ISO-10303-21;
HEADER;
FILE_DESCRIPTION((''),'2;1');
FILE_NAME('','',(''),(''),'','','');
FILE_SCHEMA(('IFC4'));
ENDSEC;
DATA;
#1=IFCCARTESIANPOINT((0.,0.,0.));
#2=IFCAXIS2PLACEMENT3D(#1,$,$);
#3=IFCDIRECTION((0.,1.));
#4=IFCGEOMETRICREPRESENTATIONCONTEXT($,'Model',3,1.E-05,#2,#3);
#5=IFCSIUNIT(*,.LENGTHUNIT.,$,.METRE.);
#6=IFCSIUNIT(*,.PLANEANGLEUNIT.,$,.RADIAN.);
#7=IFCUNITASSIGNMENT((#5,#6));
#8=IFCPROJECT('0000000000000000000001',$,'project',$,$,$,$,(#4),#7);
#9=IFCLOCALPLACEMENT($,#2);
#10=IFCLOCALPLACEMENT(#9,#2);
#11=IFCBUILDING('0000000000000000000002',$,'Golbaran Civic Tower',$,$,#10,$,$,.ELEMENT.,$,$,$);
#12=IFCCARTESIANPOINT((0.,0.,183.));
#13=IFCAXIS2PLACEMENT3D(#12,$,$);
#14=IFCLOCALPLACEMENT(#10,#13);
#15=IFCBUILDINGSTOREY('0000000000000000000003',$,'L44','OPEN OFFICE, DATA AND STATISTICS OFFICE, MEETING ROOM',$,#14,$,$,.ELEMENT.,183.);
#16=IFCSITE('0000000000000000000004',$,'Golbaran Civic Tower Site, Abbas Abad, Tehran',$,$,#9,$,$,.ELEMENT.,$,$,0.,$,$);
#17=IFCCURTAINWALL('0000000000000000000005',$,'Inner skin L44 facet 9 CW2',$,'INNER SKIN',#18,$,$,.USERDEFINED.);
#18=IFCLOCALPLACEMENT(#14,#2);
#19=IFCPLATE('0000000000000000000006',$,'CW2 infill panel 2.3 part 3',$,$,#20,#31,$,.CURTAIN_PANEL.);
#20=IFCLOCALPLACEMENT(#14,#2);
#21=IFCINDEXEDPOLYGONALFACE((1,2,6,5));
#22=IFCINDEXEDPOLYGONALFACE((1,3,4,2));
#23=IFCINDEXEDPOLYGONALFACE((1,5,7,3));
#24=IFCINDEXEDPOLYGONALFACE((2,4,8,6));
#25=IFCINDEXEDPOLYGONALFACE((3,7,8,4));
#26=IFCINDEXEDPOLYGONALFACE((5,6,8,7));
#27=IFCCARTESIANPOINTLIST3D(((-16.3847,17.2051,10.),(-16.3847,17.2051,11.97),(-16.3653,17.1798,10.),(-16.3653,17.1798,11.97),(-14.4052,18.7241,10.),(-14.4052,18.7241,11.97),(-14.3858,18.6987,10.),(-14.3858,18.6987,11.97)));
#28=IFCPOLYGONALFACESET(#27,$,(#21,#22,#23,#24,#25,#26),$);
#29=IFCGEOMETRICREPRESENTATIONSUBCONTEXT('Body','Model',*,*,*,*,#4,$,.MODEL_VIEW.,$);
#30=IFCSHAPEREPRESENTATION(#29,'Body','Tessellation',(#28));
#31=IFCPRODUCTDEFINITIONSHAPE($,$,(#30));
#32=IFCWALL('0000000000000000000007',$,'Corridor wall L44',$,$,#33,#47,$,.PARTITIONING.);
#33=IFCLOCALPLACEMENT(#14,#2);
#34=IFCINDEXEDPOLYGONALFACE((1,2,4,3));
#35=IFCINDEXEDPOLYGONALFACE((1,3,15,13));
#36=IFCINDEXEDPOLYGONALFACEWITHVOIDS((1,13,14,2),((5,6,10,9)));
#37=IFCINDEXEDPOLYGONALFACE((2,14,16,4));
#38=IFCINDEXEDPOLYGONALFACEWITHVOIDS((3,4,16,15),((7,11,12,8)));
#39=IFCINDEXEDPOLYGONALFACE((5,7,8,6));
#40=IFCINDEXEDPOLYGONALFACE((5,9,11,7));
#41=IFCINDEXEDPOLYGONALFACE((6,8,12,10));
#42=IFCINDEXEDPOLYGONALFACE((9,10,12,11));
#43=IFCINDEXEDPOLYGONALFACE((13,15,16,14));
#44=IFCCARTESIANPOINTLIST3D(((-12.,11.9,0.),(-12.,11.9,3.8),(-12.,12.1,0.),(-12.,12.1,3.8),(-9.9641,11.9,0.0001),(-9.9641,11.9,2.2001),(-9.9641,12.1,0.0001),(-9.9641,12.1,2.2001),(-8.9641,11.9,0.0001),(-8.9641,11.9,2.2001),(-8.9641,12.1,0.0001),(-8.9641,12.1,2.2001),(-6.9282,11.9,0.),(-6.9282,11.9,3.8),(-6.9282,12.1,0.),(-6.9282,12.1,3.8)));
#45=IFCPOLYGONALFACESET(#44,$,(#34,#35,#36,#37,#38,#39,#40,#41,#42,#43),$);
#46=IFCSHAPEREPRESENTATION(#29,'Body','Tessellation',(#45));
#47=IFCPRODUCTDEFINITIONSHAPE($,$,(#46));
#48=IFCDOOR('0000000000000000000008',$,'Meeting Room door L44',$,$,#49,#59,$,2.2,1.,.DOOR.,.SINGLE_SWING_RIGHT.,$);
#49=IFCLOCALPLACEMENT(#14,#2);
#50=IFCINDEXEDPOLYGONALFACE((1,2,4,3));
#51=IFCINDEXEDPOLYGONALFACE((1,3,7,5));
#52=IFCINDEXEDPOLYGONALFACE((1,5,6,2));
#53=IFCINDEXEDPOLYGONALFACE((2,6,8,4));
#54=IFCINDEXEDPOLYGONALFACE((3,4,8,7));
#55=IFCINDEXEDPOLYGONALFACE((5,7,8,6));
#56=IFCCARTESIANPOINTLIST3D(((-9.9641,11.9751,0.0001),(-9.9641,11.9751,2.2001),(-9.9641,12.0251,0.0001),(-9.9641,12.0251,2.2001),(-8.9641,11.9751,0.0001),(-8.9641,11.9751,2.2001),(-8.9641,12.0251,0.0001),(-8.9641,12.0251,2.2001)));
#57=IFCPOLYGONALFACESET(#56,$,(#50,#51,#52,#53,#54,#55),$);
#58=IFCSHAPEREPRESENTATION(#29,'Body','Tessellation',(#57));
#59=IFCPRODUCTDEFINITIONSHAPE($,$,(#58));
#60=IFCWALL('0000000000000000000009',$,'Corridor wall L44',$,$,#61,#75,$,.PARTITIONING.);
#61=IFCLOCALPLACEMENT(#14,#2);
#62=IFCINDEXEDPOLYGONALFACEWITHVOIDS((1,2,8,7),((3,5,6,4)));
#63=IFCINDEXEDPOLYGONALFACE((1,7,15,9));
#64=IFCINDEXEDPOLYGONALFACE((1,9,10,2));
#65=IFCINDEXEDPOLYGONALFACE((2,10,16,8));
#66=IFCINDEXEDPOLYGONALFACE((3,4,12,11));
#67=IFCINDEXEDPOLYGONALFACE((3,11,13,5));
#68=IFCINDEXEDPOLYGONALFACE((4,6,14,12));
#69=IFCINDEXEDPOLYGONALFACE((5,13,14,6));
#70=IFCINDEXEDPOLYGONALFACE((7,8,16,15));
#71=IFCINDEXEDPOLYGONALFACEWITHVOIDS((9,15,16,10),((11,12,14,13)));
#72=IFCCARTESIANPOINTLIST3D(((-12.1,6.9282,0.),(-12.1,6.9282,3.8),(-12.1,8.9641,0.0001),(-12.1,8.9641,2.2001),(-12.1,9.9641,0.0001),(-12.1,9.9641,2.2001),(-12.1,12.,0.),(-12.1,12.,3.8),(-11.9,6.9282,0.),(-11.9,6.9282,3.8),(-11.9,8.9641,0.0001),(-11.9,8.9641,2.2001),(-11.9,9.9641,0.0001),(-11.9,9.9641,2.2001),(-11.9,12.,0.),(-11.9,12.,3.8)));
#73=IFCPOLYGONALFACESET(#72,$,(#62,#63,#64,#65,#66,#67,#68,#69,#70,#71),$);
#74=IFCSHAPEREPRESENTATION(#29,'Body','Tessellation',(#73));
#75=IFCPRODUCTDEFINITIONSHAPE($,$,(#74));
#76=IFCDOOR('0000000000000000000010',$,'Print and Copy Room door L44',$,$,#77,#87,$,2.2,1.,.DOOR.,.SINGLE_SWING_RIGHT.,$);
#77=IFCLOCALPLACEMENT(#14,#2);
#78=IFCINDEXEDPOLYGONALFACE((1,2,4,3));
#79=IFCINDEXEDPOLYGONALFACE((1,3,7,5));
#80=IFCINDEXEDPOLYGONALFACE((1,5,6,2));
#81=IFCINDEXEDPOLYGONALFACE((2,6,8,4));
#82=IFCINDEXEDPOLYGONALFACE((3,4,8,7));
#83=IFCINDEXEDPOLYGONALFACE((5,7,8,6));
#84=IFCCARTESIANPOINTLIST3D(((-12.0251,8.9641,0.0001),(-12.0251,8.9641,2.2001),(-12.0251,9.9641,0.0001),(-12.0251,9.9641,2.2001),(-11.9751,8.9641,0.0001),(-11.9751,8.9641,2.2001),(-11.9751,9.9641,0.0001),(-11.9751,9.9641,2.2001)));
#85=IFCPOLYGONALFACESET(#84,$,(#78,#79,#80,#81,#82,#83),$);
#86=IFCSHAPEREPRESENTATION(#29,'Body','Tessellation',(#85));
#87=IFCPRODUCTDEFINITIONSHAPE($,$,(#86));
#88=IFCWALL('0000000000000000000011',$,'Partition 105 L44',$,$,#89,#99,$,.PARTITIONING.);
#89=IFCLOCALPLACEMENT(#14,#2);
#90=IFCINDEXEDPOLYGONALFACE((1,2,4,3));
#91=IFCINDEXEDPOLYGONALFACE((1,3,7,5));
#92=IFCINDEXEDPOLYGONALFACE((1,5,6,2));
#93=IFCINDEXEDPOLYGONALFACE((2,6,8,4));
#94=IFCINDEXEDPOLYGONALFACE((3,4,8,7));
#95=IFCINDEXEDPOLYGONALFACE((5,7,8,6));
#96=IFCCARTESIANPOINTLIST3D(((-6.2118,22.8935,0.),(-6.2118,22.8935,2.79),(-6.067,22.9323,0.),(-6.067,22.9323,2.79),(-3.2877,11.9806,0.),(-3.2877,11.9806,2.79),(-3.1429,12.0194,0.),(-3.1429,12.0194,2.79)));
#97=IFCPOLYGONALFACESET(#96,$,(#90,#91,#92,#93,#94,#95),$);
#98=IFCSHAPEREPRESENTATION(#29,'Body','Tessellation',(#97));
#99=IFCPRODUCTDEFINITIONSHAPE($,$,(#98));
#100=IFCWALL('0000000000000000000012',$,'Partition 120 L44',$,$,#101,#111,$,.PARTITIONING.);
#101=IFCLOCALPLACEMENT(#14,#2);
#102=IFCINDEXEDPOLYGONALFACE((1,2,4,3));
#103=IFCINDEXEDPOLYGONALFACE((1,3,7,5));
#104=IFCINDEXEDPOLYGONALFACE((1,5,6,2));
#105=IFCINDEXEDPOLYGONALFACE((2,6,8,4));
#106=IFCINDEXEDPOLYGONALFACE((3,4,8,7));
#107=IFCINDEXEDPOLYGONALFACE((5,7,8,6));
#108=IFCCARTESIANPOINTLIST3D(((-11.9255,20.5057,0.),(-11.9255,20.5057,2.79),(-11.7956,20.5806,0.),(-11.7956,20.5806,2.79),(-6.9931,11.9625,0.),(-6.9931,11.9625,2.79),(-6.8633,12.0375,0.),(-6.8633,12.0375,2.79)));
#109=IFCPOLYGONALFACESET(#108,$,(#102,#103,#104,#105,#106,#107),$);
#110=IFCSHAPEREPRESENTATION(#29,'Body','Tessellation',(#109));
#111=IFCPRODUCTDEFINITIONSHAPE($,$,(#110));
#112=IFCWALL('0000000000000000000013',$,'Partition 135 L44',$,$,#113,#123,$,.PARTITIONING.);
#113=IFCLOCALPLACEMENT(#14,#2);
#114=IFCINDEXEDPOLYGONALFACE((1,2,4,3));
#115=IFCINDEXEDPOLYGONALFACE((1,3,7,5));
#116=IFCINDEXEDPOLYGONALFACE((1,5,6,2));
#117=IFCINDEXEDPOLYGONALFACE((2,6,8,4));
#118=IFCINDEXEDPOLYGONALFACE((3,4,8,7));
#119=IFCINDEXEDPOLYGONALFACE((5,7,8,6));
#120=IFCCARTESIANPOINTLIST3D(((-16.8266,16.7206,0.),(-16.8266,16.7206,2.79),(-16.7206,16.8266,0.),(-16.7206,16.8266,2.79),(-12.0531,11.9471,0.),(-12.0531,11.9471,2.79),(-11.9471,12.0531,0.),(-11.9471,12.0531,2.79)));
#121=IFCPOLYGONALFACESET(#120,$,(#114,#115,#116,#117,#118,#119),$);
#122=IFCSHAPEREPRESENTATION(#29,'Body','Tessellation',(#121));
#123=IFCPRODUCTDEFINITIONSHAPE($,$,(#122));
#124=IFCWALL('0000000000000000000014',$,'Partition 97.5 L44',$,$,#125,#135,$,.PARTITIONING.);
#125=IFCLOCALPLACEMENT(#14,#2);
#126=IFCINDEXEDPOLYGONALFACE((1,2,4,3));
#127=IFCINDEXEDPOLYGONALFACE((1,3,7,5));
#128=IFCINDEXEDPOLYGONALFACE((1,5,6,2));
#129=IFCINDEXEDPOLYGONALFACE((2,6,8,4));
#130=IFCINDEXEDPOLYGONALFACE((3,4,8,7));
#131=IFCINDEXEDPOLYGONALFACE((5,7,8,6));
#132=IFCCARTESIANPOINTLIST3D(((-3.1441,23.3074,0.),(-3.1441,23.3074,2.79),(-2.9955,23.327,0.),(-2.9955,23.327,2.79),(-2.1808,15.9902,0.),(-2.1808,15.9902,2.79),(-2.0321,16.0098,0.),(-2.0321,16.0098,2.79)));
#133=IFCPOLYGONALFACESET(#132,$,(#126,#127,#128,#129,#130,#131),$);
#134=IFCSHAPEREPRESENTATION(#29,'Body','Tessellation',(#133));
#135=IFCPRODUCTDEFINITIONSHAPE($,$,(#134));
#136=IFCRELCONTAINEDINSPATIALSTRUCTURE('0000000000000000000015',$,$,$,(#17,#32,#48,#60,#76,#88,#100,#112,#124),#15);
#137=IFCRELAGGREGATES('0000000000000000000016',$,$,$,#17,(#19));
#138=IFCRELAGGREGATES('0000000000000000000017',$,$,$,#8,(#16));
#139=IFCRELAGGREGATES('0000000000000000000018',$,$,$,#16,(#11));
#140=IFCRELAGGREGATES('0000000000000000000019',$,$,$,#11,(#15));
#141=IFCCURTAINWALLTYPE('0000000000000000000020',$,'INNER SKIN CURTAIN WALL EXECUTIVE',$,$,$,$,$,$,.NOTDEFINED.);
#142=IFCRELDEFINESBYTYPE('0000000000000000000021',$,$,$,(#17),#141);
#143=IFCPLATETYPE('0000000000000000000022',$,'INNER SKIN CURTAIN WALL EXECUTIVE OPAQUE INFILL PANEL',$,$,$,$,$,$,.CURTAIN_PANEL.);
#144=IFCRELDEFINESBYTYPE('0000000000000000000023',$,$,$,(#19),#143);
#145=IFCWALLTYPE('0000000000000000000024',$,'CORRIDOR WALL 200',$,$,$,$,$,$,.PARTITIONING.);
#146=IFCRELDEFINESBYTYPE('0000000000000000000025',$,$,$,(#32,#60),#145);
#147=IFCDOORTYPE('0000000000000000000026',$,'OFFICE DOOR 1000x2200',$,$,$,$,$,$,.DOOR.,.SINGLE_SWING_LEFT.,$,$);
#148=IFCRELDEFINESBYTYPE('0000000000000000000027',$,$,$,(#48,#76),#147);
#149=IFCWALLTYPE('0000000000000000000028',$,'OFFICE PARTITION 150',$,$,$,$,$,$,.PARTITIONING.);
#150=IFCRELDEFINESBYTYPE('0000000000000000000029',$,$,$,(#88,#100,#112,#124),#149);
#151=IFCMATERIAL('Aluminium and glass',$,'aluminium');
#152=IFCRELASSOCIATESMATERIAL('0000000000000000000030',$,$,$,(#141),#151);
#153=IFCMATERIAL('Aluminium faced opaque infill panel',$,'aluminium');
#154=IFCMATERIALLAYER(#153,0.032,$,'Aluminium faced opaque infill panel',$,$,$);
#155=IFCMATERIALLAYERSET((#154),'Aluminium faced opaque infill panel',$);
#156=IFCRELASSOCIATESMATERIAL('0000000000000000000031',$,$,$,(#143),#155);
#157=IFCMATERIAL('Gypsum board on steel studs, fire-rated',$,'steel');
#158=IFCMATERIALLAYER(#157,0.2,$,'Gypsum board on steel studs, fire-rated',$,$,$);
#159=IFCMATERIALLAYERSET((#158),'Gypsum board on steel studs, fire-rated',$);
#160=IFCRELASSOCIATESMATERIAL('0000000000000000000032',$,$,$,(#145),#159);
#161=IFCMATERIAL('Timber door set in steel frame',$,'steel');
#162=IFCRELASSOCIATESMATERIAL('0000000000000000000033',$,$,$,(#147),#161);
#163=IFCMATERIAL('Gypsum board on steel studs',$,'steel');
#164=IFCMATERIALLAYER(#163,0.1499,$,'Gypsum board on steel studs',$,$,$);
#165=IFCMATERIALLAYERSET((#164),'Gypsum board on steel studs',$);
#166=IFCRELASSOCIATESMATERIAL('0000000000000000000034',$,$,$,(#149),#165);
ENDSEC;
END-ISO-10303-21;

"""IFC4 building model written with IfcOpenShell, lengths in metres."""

from ifc_helpers import new_model, si_unit, direction, frame, frame_2d, origin, origin_2d, place, context, subcontext, project, spatial, rectangle, extrude, material, layer, layer_set, type_object, element, fill, aggregate, save


model = new_model("IFC4")

# Units and contexts
model_context = context("Model", 3, precision=1e-05, world=origin(), true_north=direction((0.0, 1.0)))
body_context = subcontext(model_context, "Body", "Model", "MODEL_VIEW")
ifc_project = project(units=[si_unit("LENGTHUNIT", "METRE"), si_unit("PLANEANGLEUNIT", "RADIAN")], contexts=[model_context])

# Site, building, storey
site_placement = place(None, origin())
site = spatial("IfcSite", under=ifc_project, at=site_placement, Name="Golbaran Civic Tower Site, Abbas Abad, Tehran", CompositionType="ELEMENT", RefElevation=0.0)
building_placement = place(site_placement, origin())
building = spatial("IfcBuilding", under=site, at=building_placement, Name="Golbaran Civic Tower", CompositionType="ELEMENT")
storey_placement = place(building_placement, frame((0.0, 0.0, 183.0)))
storey = spatial("IfcBuildingStorey", under=building, at=storey_placement, Name="L44", Description="OPEN OFFICE, DATA AND STATISTICS OFFICE, MEETING ROOM", CompositionType="ELEMENT", Elevation=183.0)

# Curtain wall
ifc_material_1 = material(Name="Aluminium and glass", Category="aluminium")
curtain_wall_type = type_object("IfcCurtainWallType", Name="INNER SKIN CURTAIN WALL EXECUTIVE", PredefinedType="NOTDEFINED", material=ifc_material_1)
curtain_wall_placement = place(storey_placement, origin())
curtain_wall = element("IfcCurtainWall", 1, at=curtain_wall_placement, inside=storey, type_object=curtain_wall_type, Name="Inner skin L44 facet 9 CW2", ObjectType="INNER SKIN", PredefinedType="USERDEFINED")

# Plate
ifc_material_2 = material(Name="Aluminium faced opaque infill panel", Category="aluminium")
ifc_layer_1 = layer(ifc_material_2, 0.032, Name="Aluminium faced opaque infill panel")
ifc_layer_set_1 = layer_set([ifc_layer_1], Name="Aluminium faced opaque infill panel")
plate_type_1 = type_object("IfcPlateType", Name="INNER SKIN CURTAIN WALL EXECUTIVE OPAQUE INFILL PANEL", PredefinedType="CURTAIN_PANEL", material=ifc_layer_set_1)
plate_1_placement = place(storey_placement, frame((-15.3853, 17.9519, 10.0), z_axis=(0.0, 0.0, 1.0), x_axis=(-0.793353, -0.608761, 0.0)))
plate_1 = element("IfcPlate", 2, at=plate_1_placement, type_object=plate_type_1, Name="CW2 infill panel 2.3 part 3", PredefinedType="CURTAIN_PANEL", context=body_context, shape_type="SweptSolid", body=[
    extrude(rectangle(XDim=2.4951, YDim=0.032, at=origin_2d()), origin(), (0.0, 0.0, 1.0), 1.97),
])
aggregate(curtain_wall, [plate_1])

# Walls, openings, doors
ifc_material_3 = material(Name="Gypsum board on steel studs, fire-rated", Category="steel")
ifc_layer_2 = layer(ifc_material_3, 0.2, Name="Gypsum board on steel studs, fire-rated")
ifc_layer_set_2 = layer_set([ifc_layer_2], Name="Gypsum board on steel studs, fire-rated")
wall_type_1 = type_object("IfcWallType", Name="CORRIDOR WALL 200", PredefinedType="PARTITIONING", material=ifc_layer_set_2)
wall_1_placement = place(storey_placement, frame((-6.9282, 12.0, 0.0), z_axis=(0.0, 0.0, 1.0), x_axis=(-1.0, 0.0, 0.0)))
wall_1 = element("IfcWall", 3, at=wall_1_placement, inside=storey, type_object=wall_type_1, Name="Corridor wall L44", PredefinedType="PARTITIONING", context=body_context, shape_type="SweptSolid", body=[
    extrude(rectangle(XDim=5.0718, YDim=0.2, at=frame_2d((2.5359, 0.0))), origin(), (0.0, 0.0, 1.0), 3.8),
])
opening_1_placement = place(wall_1_placement, frame((2.0359, 0.0, 0.0)))
opening_1 = element("IfcOpeningElement", 4, at=opening_1_placement, cuts=wall_1, PredefinedType="OPENING", context=body_context, shape_type="SweptSolid", body=[
    extrude(rectangle(XDim=1.0, YDim=2.2, at=frame_2d((0.5, 1.1001))), frame((0.0, 0.1099, 0.0), z_axis=(0.0, -1.0, 0.0), x_axis=(1.0, 0.0, 0.0)), (0.0, 0.0, 1.0), 0.22),
])
ifc_material_4 = material(Name="Timber door set in steel frame", Category="steel")
door_type = type_object("IfcDoorType", Name="OFFICE DOOR 1000x2200", OperationType="SINGLE_SWING_LEFT", PredefinedType="DOOR", material=ifc_material_4)
door_1_placement = place(opening_1_placement, origin())
door_1 = element("IfcDoor", 5, at=door_1_placement, inside=storey, type_object=door_type, Name="Meeting Room door L44", OperationType="SINGLE_SWING_RIGHT", OverallHeight=2.2, OverallWidth=1.0, PredefinedType="DOOR", context=body_context, shape_type="SweptSolid", body=[
    extrude(rectangle(XDim=1.0, YDim=2.2, at=frame_2d((0.5, 1.1001))), frame((0.0, 0.0249, 0.0), z_axis=(0.0, -1.0, 0.0), x_axis=(1.0, 0.0, 0.0)), (0.0, 0.0, 1.0), 0.05),
])
fill(opening_1, door_1)
wall_2_placement = place(storey_placement, frame((-12.0, 12.0, 0.0), z_axis=(0.0, 0.0, 1.0), x_axis=(0.0, -1.0, 0.0)))
wall_2 = element("IfcWall", 6, at=wall_2_placement, inside=storey, type_object=wall_type_1, Name="Corridor wall L44", PredefinedType="PARTITIONING", context=body_context, shape_type="SweptSolid", body=[
    extrude(rectangle(XDim=5.0718, YDim=0.2, at=frame_2d((2.5359, 0.0))), origin(), (0.0, 0.0, 1.0), 3.8),
])
opening_2_placement = place(wall_2_placement, frame((2.0359, 0.0, 0.0)))
opening_2 = element("IfcOpeningElement", 7, at=opening_2_placement, cuts=wall_2, PredefinedType="OPENING", context=body_context, shape_type="SweptSolid", body=[
    extrude(rectangle(XDim=1.0, YDim=2.2, at=frame_2d((0.5, 1.1001))), frame((0.0, 0.1099, 0.0), z_axis=(0.0, -1.0, 0.0), x_axis=(1.0, 0.0, 0.0)), (0.0, 0.0, 1.0), 0.22),
])
door_2_placement = place(opening_2_placement, origin())
door_2 = element("IfcDoor", 8, at=door_2_placement, inside=storey, type_object=door_type, Name="Print and Copy Room door L44", OperationType="SINGLE_SWING_RIGHT", OverallHeight=2.2, OverallWidth=1.0, PredefinedType="DOOR", context=body_context, shape_type="SweptSolid", body=[
    extrude(rectangle(XDim=1.0, YDim=2.2, at=frame_2d((0.5, 1.1001))), frame((0.0, 0.0249, 0.0), z_axis=(0.0, -1.0, 0.0), x_axis=(1.0, 0.0, 0.0)), (0.0, 0.0, 1.0), 0.05),
])
fill(opening_2, door_2)

# Walls
ifc_material_5 = material(Name="Gypsum board on steel studs", Category="steel")
ifc_layer_3 = layer(ifc_material_5, 0.1499, Name="Gypsum board on steel studs")
ifc_layer_set_3 = layer_set([ifc_layer_3], Name="Gypsum board on steel studs")
wall_type_2 = type_object("IfcWallType", Name="OFFICE PARTITION 150", PredefinedType="PARTITIONING", material=ifc_layer_set_3)
wall_3_placement = place(storey_placement, frame((-3.2153, 12.0, 0.0), z_axis=(0.0, 0.0, 1.0), x_axis=(-0.258818, 0.965926, 0.0)))
element("IfcWall", 9, at=wall_3_placement, inside=storey, type_object=wall_type_2, Name="Partition 105 L44", PredefinedType="PARTITIONING", context=body_context, shape_type="SweptSolid", body=[
    extrude(rectangle(XDim=11.2979, YDim=0.1499, at=frame_2d((5.6489, 0.0))), origin(), (0.0, 0.0, 1.0), 2.79),
])
wall_4_placement = place(storey_placement, frame((-6.9282, 12.0, 0.0), z_axis=(0.0, 0.0, 1.0), x_axis=(-0.499996, 0.866028, 0.0)))
element("IfcWall", 10, at=wall_4_placement, inside=storey, type_object=wall_type_2, Name="Partition 120 L44", PredefinedType="PARTITIONING", context=body_context, shape_type="SweptSolid", body=[
    extrude(rectangle(XDim=9.8647, YDim=0.1499, at=frame_2d((4.9324, 0.0))), origin(), (0.0, 0.0, 1.0), 2.79),
])
wall_5_placement = place(storey_placement, frame((-12.0, 12.0, 0.0), z_axis=(0.0, 0.0, 1.0), x_axis=(-0.707107, 0.707107, 0.0)))
element("IfcWall", 11, at=wall_5_placement, inside=storey, type_object=wall_type_2, Name="Partition 135 L44", PredefinedType="PARTITIONING", context=body_context, shape_type="SweptSolid", body=[
    extrude(rectangle(XDim=6.7507, YDim=0.1499, at=frame_2d((3.3755, 0.0))), origin(), (0.0, 0.0, 1.0), 2.79),
])
wall_6_placement = place(storey_placement, frame((-2.1064, 16.0, 0.0), z_axis=(0.0, 0.0, 1.0), x_axis=(-0.130534, 0.991444, 0.0)))
element("IfcWall", 12, at=wall_6_placement, inside=storey, type_object=wall_type_2, Name="Partition 97.5 L44", PredefinedType="PARTITIONING", context=body_context, shape_type="SweptSolid", body=[
    extrude(rectangle(XDim=7.3804, YDim=0.1499, at=frame_2d((3.6902, 0.0))), origin(), (0.0, 0.0, 1.0), 2.79),
])

save(model, "model.ifc")
